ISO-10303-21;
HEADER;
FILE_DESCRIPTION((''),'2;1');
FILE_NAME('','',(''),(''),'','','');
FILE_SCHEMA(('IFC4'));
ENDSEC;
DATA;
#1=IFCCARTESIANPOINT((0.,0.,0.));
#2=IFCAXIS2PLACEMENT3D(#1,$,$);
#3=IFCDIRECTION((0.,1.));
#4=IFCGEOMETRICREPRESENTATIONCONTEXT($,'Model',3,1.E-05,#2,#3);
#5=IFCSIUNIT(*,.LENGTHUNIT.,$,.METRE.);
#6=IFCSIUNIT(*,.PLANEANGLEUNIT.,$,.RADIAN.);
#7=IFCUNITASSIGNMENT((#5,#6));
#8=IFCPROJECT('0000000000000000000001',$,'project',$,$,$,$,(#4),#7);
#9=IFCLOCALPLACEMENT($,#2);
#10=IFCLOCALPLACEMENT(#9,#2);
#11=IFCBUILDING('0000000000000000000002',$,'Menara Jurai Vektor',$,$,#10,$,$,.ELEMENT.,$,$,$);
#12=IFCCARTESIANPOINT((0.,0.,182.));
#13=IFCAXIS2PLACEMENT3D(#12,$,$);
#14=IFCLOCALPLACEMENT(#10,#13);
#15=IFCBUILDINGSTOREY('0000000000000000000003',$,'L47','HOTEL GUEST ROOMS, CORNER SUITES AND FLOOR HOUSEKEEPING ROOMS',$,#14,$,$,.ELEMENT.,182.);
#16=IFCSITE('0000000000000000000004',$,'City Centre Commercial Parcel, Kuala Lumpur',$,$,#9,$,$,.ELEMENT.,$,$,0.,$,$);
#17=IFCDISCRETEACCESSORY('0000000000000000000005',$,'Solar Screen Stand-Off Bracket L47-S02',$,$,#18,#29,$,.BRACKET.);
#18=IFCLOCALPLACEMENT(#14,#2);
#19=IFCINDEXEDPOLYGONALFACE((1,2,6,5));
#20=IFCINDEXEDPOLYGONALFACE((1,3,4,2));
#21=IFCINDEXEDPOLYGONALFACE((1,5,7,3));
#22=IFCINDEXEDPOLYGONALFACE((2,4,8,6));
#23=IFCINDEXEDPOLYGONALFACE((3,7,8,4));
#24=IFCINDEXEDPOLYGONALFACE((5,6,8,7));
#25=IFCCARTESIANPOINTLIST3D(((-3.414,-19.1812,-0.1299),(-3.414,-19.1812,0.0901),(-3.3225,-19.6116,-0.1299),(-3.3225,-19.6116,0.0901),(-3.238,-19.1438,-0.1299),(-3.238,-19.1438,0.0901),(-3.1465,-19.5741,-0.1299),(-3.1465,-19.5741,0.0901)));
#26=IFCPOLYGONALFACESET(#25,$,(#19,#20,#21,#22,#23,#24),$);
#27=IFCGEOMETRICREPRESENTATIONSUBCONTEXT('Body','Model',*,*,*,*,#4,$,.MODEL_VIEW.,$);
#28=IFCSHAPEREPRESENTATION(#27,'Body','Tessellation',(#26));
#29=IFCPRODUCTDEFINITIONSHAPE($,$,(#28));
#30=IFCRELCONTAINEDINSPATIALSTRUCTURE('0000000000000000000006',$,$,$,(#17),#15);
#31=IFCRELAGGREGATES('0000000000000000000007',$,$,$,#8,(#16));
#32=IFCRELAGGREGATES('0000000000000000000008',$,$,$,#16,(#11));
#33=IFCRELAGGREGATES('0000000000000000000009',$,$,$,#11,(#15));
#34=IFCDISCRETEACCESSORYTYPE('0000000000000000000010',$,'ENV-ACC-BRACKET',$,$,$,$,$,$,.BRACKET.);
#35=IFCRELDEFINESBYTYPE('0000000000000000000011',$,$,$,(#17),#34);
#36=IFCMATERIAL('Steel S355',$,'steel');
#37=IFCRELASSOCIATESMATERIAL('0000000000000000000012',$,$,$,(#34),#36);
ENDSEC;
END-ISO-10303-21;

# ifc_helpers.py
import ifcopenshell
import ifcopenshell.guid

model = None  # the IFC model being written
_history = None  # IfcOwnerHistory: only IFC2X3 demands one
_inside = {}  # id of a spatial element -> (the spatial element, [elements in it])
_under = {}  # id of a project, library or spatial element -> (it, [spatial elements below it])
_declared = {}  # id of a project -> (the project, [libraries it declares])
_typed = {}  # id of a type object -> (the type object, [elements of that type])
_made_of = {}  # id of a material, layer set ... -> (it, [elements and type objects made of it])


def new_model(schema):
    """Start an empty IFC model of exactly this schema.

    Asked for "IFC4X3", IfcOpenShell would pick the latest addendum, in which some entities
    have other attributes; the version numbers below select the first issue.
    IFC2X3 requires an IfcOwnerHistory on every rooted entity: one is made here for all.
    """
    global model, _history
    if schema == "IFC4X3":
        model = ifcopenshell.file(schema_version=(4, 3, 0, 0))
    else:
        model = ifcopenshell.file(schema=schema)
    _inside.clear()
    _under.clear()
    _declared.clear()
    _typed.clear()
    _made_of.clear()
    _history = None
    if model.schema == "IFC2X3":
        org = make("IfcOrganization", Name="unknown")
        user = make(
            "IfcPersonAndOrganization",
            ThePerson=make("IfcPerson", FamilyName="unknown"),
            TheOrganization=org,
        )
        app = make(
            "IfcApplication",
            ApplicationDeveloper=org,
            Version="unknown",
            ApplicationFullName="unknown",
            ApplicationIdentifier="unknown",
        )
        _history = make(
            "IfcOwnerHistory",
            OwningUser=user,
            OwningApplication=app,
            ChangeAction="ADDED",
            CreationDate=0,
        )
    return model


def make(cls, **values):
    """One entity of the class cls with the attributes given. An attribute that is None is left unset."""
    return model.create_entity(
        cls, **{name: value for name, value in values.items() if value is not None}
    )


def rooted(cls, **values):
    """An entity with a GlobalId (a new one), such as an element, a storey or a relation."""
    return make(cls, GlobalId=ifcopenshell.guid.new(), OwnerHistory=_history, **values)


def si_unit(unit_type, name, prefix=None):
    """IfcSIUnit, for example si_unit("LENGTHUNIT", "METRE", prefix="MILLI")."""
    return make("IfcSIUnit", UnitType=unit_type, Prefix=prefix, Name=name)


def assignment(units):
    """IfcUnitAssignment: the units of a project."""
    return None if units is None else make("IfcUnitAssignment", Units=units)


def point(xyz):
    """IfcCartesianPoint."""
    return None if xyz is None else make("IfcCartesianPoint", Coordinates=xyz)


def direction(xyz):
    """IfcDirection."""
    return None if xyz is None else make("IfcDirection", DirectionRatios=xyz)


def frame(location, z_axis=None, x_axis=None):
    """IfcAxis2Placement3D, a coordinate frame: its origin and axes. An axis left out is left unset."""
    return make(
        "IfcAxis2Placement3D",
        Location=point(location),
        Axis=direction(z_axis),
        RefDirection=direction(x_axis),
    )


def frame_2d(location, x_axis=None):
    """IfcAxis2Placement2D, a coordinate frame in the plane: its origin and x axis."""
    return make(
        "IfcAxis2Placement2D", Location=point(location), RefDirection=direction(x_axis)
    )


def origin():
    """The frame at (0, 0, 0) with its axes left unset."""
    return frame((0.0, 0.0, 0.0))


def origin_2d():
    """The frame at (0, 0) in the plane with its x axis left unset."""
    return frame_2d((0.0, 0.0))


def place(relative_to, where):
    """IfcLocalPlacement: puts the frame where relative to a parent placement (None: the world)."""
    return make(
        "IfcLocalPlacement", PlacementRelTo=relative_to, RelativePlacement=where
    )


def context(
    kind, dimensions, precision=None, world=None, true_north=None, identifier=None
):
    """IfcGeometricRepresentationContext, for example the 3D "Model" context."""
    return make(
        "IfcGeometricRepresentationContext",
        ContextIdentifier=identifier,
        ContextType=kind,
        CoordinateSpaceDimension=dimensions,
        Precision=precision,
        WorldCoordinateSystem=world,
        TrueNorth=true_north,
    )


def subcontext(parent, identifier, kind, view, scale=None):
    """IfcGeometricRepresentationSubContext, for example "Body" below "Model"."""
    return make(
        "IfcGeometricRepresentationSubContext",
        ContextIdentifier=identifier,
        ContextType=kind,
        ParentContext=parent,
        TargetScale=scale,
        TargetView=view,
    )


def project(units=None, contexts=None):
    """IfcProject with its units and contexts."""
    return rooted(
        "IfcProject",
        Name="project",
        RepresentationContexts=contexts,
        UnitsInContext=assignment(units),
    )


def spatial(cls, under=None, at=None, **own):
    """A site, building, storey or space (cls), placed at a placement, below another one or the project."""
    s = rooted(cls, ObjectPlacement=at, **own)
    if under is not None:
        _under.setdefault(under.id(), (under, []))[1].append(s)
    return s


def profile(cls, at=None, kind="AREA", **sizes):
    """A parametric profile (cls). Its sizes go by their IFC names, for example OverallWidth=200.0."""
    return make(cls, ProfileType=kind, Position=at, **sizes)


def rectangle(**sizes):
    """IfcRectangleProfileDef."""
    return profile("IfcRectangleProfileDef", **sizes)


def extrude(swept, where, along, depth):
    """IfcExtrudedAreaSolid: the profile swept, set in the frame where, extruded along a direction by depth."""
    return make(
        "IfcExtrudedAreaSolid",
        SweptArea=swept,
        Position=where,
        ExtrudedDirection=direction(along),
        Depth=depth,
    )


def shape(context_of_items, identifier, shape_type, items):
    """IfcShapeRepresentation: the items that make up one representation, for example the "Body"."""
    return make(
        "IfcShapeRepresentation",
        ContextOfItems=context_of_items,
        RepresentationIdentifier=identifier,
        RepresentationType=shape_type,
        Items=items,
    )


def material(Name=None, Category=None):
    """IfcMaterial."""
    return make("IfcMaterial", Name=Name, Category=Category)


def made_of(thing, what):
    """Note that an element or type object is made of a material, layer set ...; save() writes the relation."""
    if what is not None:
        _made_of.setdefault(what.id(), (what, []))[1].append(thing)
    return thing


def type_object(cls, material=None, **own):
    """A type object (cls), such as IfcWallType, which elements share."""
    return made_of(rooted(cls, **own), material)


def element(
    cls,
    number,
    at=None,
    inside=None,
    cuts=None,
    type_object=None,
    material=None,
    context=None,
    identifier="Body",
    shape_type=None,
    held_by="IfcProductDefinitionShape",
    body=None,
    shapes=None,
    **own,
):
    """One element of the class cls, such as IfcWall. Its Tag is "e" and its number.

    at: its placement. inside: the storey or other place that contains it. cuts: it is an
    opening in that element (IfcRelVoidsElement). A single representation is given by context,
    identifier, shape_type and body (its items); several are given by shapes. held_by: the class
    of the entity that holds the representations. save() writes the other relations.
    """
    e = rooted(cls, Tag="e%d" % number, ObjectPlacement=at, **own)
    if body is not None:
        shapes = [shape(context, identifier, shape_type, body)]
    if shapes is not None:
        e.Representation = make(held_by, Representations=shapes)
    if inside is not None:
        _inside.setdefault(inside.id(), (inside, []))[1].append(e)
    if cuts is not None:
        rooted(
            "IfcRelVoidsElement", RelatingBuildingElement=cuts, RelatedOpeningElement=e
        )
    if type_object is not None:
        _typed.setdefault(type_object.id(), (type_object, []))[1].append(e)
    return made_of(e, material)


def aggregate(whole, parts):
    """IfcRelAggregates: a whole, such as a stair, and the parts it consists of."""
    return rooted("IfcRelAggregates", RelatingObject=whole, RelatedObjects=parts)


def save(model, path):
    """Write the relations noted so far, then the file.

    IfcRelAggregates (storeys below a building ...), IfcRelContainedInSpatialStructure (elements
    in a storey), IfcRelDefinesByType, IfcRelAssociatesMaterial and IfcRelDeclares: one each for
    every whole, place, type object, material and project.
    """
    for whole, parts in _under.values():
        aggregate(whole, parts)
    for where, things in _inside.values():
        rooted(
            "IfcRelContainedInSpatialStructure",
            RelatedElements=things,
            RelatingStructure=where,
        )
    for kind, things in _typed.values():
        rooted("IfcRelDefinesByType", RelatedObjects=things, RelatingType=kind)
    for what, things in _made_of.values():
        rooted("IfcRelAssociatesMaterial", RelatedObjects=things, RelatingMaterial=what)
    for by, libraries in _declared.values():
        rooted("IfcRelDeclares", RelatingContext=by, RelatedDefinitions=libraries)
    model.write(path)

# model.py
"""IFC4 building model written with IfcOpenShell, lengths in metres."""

from ifc_helpers import new_model, si_unit, direction, frame, origin, origin_2d, place, context, subcontext, project, spatial, rectangle, extrude, material, type_object, element, save


model = new_model("IFC4")

# Units and contexts
model_context = context("Model", 3, precision=1e-05, world=origin(), true_north=direction((0.0, 1.0)))
body_context = subcontext(model_context, "Body", "Model", "MODEL_VIEW")
ifc_project = project(units=[si_unit("LENGTHUNIT", "METRE"), si_unit("PLANEANGLEUNIT", "RADIAN")], contexts=[model_context])

# Site, building, storey
site_placement = place(None, origin())
site = spatial("IfcSite", under=ifc_project, at=site_placement, Name="City Centre Commercial Parcel, Kuala Lumpur", CompositionType="ELEMENT", RefElevation=0.0)
building_placement = place(site_placement, origin())
building = spatial("IfcBuilding", under=site, at=building_placement, Name="Menara Jurai Vektor", CompositionType="ELEMENT")
storey_placement = place(building_placement, frame((0.0, 0.0, 182.0)))
storey = spatial("IfcBuildingStorey", under=building, at=storey_placement, Name="L47", Description="HOTEL GUEST ROOMS, CORNER SUITES AND FLOOR HOUSEKEEPING ROOMS", CompositionType="ELEMENT", Elevation=182.0)

# Shared definitions
ifc_material_1 = material(Name="Steel S355", Category="steel")

# Discrete accessory
discrete_accessory_type = type_object("IfcDiscreteAccessoryType", Name="ENV-ACC-BRACKET", PredefinedType="BRACKET", material=ifc_material_1)
discrete_accessory_placement = place(storey_placement, frame((-3.2803, -19.3777, -0.1299), z_axis=(0.0, 0.0, 1.0), x_axis=(0.978148, 0.207912, 0.0)))
element("IfcDiscreteAccessory", 1, at=discrete_accessory_placement, inside=storey, type_object=discrete_accessory_type, Name="Solar Screen Stand-Off Bracket L47-S02", PredefinedType="BRACKET", context=body_context, shape_type="SweptSolid", body=[
    extrude(rectangle(XDim=0.1799, YDim=0.4399, at=origin_2d()), origin(), (0.0, 0.0, 1.0), 0.22),
])

save(model, "model.ifc")
